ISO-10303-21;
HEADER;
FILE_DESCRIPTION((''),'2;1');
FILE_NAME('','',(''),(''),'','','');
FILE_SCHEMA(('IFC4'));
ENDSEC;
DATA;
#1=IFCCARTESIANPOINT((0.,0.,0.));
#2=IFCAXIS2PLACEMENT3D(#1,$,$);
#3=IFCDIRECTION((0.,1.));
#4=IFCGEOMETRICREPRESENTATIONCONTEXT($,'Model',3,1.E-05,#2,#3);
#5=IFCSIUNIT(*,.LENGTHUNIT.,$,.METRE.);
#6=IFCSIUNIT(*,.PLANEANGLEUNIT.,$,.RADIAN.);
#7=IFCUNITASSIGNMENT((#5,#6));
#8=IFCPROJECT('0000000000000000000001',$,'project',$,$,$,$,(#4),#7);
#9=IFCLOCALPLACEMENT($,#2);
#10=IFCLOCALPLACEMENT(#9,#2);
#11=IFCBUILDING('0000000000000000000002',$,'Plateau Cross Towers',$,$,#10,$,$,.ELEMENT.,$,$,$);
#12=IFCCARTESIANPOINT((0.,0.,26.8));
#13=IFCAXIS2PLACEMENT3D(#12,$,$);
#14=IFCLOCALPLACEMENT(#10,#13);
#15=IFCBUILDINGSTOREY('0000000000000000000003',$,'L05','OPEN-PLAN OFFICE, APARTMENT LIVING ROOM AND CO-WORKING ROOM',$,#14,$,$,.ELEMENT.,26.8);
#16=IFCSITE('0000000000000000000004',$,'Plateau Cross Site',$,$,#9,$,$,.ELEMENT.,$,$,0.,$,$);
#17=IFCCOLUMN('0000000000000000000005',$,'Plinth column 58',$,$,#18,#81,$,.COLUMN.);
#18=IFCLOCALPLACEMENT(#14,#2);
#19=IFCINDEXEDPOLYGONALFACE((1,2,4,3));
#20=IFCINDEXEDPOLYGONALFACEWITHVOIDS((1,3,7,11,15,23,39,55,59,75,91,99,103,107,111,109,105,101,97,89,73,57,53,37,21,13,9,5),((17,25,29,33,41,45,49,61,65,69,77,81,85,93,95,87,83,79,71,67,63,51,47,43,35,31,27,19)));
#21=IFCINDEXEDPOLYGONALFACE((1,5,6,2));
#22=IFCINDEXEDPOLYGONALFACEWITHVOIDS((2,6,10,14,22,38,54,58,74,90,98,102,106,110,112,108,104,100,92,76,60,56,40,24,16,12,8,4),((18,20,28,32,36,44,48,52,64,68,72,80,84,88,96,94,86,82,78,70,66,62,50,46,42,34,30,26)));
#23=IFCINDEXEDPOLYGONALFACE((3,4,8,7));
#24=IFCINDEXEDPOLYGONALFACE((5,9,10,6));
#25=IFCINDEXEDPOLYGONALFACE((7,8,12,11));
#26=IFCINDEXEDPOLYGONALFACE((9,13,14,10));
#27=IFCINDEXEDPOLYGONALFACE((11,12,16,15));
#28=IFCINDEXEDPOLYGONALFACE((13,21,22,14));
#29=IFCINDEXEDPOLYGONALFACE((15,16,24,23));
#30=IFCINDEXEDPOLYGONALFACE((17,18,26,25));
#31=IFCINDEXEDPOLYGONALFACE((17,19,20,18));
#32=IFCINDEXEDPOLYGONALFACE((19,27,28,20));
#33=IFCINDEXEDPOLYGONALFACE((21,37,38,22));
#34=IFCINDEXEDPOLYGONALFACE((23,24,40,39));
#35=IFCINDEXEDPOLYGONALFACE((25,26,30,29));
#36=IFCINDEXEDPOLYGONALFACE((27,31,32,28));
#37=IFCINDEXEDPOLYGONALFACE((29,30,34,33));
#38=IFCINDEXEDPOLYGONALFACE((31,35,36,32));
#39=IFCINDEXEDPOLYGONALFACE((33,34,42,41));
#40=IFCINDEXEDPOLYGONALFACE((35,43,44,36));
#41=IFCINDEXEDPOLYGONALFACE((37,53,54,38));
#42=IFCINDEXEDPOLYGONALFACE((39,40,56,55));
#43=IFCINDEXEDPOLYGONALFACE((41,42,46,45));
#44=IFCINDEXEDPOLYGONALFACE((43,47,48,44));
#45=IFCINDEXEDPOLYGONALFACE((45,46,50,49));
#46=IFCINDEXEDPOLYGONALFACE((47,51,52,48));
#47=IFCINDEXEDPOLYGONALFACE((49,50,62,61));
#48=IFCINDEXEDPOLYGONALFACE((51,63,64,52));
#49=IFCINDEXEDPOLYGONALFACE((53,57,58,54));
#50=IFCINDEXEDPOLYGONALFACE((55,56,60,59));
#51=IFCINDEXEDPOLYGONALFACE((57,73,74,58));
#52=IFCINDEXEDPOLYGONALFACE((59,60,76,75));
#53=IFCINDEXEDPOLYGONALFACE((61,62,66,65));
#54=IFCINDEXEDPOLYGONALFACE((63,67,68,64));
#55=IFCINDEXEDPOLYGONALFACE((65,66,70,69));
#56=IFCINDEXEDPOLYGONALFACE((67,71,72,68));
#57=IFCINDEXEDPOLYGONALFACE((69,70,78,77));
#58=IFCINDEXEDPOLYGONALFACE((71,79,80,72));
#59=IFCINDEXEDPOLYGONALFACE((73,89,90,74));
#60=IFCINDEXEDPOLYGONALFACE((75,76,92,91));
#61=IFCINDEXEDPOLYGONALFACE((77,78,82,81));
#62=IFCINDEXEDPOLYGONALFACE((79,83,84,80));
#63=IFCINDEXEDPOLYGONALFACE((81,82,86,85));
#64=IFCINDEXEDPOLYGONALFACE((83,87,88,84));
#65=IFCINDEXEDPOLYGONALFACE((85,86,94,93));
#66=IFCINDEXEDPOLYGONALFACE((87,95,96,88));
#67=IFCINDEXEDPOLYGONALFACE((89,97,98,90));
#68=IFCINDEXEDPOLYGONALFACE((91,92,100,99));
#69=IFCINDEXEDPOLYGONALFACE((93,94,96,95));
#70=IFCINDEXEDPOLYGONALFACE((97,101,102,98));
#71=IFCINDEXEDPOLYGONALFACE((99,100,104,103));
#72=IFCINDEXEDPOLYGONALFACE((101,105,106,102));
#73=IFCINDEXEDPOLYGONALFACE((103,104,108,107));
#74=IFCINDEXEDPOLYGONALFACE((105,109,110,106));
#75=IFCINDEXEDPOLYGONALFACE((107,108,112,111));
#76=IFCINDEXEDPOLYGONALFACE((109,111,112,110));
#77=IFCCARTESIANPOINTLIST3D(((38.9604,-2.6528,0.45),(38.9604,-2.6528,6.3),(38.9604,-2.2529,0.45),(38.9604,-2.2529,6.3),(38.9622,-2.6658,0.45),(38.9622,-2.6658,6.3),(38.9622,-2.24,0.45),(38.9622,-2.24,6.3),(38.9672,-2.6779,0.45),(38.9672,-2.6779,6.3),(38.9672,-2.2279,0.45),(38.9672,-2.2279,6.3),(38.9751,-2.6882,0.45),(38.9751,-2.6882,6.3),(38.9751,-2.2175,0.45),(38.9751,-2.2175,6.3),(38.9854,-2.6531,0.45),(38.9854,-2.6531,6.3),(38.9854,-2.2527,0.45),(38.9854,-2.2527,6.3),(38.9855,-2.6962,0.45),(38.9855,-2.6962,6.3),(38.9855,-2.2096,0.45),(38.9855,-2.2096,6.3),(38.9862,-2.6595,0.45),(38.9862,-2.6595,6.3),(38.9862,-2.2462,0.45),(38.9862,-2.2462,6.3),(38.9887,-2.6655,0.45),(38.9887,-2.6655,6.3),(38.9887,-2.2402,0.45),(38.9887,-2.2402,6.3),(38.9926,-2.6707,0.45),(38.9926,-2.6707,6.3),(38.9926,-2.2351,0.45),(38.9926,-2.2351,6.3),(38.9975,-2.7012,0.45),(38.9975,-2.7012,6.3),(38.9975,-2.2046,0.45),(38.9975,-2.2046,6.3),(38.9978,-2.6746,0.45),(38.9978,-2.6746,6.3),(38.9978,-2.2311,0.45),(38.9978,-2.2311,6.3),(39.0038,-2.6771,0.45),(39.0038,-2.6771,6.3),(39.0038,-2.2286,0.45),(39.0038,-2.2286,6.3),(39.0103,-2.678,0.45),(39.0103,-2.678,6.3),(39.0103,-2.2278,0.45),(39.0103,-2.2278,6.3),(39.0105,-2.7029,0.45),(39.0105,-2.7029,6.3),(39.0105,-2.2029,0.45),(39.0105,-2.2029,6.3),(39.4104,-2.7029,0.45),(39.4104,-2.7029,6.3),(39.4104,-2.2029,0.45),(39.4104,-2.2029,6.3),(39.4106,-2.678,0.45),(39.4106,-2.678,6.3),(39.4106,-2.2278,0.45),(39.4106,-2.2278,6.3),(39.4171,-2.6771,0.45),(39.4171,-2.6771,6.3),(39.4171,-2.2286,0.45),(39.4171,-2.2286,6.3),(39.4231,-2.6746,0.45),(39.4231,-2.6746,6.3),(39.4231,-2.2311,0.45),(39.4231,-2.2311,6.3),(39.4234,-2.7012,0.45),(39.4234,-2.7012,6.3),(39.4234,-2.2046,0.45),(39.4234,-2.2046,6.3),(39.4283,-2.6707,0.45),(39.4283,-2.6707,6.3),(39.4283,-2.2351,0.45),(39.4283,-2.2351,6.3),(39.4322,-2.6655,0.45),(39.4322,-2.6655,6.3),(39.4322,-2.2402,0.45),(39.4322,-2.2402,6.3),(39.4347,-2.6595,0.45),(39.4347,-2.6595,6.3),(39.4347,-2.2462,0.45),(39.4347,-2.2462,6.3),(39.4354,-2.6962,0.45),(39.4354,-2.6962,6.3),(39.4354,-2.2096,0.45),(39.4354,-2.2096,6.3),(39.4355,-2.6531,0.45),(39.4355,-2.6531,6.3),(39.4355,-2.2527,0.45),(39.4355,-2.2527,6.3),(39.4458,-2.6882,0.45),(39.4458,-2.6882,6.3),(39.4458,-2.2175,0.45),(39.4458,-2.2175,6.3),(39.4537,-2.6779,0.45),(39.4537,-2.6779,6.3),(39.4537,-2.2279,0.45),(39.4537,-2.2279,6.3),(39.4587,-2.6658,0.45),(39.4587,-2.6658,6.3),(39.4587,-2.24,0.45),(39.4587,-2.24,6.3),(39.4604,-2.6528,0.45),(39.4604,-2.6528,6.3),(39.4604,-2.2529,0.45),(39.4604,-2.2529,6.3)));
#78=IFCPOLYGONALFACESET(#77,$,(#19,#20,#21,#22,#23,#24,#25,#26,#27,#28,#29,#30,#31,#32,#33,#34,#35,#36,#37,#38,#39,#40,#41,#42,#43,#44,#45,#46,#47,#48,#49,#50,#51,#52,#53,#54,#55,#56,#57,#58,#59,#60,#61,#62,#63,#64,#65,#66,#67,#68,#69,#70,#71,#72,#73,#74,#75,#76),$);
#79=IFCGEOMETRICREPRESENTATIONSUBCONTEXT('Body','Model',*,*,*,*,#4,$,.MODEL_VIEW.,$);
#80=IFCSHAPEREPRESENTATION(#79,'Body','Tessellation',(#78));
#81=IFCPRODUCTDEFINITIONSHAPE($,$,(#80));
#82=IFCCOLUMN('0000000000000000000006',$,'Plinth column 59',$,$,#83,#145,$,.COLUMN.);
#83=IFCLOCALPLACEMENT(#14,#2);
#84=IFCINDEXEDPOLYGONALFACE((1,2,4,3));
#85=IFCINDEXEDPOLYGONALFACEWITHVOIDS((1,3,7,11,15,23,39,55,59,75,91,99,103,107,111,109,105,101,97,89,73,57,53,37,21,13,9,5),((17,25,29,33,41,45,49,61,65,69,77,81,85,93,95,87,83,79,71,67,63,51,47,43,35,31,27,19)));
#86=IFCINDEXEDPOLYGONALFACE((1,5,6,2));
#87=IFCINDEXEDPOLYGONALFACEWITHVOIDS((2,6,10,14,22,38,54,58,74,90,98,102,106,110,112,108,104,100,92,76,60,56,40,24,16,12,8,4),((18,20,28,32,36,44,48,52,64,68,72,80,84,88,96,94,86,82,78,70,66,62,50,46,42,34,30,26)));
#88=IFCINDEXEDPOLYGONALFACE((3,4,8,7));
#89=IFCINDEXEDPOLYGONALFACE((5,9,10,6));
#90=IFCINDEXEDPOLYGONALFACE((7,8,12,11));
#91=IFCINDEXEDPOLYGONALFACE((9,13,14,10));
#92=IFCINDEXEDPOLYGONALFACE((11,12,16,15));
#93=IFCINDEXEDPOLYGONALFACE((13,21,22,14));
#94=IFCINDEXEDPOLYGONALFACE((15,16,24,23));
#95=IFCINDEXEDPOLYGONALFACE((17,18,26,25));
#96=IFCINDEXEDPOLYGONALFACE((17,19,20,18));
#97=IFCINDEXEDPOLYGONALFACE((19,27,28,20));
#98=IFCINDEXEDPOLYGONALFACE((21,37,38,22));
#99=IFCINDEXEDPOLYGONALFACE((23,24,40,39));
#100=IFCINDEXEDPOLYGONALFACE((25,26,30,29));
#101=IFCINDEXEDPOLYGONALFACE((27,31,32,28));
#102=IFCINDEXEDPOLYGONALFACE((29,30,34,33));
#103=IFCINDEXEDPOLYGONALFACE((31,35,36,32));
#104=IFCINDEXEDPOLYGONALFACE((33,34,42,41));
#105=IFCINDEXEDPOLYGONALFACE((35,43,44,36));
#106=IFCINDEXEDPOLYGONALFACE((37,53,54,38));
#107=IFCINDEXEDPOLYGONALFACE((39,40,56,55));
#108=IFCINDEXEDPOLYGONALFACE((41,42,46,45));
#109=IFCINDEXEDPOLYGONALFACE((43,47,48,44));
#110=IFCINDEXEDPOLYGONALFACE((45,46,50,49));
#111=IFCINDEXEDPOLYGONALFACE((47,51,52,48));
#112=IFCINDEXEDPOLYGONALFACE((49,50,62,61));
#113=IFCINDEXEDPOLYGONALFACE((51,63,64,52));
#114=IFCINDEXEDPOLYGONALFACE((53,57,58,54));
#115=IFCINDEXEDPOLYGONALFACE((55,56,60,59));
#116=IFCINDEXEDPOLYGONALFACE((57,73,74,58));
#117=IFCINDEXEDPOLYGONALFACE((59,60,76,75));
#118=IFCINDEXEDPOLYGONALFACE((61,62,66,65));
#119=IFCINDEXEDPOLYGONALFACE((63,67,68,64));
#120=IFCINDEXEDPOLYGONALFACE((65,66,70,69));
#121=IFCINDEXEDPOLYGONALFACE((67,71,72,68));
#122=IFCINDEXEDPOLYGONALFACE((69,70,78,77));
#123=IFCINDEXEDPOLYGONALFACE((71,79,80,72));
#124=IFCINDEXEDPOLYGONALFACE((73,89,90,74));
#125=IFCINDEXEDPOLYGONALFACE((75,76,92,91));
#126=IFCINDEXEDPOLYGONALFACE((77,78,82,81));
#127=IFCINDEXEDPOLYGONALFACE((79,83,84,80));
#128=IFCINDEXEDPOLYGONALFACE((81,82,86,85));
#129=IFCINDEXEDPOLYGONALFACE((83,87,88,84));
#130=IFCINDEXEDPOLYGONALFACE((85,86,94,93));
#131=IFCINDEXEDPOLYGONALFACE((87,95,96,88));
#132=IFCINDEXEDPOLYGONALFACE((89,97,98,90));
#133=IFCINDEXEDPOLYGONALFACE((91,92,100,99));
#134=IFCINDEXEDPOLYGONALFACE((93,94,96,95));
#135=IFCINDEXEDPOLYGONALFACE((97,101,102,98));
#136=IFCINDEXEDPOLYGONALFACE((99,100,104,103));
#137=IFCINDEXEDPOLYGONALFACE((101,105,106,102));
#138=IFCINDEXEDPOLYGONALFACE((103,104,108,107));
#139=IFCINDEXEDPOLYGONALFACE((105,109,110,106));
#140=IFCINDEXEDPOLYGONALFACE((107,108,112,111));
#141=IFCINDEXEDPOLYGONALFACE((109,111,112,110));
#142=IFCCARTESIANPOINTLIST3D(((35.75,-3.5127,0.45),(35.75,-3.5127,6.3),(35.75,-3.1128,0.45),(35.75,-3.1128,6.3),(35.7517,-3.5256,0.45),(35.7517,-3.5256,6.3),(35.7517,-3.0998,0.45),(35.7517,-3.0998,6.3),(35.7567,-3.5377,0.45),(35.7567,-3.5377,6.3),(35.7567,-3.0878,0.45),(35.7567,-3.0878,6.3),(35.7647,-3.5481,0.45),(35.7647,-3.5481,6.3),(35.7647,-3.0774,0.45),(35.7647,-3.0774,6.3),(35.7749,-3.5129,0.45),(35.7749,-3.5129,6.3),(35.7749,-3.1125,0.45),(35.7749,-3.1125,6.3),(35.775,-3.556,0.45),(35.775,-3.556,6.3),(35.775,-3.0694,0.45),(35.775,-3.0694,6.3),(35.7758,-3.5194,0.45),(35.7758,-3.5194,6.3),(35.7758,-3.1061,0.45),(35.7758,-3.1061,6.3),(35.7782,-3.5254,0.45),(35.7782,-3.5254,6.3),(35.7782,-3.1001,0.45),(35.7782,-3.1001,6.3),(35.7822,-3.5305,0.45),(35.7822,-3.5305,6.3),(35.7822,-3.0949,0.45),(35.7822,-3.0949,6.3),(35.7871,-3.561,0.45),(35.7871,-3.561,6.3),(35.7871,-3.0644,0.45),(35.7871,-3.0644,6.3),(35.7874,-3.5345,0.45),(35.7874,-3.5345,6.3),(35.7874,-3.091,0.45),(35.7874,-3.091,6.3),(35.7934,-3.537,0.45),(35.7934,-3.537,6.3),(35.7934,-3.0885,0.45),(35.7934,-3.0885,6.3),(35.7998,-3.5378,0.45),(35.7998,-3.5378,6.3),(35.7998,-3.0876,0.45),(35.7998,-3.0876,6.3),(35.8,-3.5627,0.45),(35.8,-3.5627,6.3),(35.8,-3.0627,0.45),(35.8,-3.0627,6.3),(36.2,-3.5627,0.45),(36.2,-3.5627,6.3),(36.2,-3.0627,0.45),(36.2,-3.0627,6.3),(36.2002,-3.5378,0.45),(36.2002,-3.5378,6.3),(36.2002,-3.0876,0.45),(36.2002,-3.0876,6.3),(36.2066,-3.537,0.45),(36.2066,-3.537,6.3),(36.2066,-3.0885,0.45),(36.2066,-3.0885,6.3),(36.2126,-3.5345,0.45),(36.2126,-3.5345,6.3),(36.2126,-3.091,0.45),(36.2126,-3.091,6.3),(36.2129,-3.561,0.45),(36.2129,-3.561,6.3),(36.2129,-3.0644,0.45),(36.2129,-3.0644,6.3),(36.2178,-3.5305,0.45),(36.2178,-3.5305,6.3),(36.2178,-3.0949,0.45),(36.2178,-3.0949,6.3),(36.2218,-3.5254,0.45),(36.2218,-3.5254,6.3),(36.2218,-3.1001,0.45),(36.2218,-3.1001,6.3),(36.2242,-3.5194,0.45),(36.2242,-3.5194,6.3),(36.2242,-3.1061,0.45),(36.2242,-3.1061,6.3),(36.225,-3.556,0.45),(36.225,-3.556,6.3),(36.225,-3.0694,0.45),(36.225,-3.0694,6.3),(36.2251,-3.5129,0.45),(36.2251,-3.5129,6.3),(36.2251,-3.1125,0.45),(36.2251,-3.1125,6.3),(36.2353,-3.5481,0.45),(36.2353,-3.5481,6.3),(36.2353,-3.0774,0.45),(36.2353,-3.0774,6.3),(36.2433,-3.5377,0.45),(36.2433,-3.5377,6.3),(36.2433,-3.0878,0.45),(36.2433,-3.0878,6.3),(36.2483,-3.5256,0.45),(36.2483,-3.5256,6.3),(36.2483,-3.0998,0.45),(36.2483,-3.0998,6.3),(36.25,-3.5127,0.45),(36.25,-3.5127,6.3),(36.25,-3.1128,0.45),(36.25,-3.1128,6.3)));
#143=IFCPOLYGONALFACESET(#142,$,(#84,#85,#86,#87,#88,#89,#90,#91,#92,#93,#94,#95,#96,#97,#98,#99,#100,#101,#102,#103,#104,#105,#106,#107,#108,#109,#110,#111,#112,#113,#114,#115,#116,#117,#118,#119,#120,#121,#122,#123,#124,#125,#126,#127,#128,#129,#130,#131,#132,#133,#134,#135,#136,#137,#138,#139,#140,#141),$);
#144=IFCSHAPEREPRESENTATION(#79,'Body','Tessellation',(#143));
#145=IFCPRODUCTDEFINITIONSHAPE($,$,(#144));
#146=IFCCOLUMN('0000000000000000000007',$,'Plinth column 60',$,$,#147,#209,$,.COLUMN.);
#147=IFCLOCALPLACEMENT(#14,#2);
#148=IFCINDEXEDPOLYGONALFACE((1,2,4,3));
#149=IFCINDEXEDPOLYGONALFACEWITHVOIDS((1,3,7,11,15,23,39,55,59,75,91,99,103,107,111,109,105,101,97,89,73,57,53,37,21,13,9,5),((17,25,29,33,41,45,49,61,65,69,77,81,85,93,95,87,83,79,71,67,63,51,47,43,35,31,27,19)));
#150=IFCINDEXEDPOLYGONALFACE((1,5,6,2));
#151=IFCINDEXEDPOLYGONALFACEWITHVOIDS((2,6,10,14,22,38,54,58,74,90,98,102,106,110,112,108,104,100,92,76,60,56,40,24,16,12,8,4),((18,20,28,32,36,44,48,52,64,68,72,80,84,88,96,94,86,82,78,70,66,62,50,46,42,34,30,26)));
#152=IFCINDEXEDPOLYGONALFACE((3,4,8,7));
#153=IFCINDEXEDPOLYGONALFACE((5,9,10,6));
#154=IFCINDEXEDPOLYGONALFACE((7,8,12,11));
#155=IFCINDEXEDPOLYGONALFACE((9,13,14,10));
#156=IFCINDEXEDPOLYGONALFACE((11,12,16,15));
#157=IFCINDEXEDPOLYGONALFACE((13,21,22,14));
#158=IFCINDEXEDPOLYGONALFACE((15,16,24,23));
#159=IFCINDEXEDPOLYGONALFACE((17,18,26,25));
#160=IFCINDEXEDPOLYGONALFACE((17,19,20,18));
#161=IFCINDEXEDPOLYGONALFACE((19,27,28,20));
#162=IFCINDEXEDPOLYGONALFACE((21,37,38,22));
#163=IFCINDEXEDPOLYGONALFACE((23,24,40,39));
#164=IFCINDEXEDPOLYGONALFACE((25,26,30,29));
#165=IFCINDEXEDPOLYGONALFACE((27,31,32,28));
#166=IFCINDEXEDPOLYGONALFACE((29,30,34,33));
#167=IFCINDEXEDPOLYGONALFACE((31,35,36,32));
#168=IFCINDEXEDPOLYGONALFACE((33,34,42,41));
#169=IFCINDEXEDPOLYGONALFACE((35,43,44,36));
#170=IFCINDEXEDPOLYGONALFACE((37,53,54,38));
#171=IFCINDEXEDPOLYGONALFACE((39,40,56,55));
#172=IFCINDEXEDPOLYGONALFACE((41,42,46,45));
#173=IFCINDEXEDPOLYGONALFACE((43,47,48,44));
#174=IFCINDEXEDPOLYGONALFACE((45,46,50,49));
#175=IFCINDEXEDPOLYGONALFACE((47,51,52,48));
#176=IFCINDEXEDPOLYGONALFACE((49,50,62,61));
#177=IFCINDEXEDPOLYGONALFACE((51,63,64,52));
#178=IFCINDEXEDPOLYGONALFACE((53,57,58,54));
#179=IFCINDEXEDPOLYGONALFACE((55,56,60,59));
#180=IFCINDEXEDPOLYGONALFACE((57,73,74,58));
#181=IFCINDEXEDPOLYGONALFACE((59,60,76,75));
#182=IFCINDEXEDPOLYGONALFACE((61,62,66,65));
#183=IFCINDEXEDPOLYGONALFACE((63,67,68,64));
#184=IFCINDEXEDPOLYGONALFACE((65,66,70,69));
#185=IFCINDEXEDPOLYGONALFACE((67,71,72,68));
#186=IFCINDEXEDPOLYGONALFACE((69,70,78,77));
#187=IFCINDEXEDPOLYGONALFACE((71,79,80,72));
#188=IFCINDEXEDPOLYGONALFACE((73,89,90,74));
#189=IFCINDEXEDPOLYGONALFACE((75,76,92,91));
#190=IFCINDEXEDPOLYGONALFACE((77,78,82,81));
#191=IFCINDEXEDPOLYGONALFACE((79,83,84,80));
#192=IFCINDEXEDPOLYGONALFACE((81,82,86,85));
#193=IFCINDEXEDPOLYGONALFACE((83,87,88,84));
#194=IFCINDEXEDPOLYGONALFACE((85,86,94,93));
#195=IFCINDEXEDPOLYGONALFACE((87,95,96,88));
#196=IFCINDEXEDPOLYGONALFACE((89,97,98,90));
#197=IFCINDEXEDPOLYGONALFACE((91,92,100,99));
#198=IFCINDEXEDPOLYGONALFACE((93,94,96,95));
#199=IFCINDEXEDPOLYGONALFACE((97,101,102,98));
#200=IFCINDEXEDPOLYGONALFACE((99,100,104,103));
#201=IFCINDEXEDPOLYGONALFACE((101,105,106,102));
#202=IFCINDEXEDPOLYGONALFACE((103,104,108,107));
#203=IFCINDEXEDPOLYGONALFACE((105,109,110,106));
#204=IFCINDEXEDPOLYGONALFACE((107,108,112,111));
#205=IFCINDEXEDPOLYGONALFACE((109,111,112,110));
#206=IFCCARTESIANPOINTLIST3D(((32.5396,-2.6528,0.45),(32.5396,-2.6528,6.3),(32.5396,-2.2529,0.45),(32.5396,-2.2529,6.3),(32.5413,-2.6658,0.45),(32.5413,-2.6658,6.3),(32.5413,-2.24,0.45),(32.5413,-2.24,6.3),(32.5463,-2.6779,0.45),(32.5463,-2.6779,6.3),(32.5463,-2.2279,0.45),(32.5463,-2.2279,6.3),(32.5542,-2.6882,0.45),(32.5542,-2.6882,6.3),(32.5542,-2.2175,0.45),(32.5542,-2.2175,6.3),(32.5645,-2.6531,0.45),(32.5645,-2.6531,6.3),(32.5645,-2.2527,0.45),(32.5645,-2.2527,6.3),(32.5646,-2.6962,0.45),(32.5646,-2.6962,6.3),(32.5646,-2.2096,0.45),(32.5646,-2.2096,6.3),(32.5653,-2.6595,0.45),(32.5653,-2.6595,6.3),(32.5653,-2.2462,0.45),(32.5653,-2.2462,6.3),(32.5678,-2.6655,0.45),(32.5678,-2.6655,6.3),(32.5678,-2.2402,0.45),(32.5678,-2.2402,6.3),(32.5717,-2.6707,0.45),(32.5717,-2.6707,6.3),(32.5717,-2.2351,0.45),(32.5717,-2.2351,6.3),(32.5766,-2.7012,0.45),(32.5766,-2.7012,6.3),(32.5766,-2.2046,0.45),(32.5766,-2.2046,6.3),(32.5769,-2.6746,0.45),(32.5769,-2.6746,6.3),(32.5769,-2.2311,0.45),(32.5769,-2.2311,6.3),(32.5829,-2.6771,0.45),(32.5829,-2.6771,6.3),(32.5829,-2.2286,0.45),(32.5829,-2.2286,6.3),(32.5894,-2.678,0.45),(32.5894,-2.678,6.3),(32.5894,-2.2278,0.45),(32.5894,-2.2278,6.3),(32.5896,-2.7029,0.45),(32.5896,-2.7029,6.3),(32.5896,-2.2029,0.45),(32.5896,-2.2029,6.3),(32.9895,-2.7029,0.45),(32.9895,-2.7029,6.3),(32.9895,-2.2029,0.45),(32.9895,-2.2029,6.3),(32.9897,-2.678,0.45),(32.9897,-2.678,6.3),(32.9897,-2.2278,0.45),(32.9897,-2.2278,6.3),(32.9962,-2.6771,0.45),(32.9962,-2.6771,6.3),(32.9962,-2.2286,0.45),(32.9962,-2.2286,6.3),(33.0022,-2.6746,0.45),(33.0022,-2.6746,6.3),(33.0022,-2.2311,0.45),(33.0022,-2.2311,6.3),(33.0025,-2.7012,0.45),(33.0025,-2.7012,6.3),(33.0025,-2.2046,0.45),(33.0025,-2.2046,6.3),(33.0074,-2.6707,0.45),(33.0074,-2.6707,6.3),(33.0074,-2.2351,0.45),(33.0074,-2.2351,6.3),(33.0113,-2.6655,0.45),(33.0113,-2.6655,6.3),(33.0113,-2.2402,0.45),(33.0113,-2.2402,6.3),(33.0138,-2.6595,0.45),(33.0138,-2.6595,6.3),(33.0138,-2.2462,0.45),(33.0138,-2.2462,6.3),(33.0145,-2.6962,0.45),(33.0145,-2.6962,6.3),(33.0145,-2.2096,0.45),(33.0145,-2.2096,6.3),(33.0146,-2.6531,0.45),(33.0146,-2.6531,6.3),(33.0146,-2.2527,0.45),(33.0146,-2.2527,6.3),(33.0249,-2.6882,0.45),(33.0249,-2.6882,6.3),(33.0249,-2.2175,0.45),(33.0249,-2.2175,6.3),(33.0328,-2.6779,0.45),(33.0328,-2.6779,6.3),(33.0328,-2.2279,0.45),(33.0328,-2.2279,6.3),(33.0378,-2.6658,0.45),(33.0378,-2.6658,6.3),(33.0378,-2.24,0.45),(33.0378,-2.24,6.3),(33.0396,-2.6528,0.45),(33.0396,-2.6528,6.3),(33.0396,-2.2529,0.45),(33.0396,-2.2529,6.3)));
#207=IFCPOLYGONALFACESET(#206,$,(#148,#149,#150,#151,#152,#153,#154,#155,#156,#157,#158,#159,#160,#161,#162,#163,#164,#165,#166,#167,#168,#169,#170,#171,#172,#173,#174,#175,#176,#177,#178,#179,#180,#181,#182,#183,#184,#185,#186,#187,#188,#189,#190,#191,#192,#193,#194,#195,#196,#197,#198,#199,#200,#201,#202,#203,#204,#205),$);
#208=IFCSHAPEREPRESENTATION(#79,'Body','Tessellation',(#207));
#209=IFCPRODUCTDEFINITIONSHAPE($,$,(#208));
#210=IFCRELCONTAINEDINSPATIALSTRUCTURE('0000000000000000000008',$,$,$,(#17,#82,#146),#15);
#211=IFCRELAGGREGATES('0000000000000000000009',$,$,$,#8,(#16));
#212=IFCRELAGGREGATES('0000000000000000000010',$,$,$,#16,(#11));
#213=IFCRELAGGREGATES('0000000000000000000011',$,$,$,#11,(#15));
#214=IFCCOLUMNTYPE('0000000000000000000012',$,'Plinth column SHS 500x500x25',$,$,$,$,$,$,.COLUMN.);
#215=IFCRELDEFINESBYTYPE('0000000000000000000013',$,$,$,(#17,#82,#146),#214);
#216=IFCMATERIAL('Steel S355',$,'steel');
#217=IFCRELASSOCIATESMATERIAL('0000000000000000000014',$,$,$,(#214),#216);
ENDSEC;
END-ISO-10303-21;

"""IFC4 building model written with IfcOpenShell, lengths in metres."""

from ifc_helpers import new_model, si_unit, direction, frame, origin, origin_2d, place, context, subcontext, project, spatial, hollow_rectangle, extrude, material, material_profile, profile_set, type_object, element, save


model = new_model("IFC4")

# Units and contexts
model_context = context("Model", 3, precision=1e-05, world=origin(), true_north=direction((0.0, 1.0)))
body_context = subcontext(model_context, "Body", "Model", "MODEL_VIEW")
ifc_project = project(units=[si_unit("LENGTHUNIT", "METRE"), si_unit("PLANEANGLEUNIT", "RADIAN")], contexts=[model_context])

# Site, building, storey
site_placement = place(None, origin())
site = spatial("IfcSite", under=ifc_project, at=site_placement, Name="Plateau Cross Site", CompositionType="ELEMENT", RefElevation=0.0)
building_placement = place(site_placement, origin())
building = spatial("IfcBuilding", under=site, at=building_placement, Name="Plateau Cross Towers", CompositionType="ELEMENT")
storey_placement = place(building_placement, frame((0.0, 0.0, 26.8)))
storey = spatial("IfcBuildingStorey", under=building, at=storey_placement, Name="L05", Description="OPEN-PLAN OFFICE, APARTMENT LIVING ROOM AND CO-WORKING ROOM", CompositionType="ELEMENT", Elevation=26.8)

# Columns
ifc_material_1 = material(Name="Steel S355", Category="steel")
ifc_material_profile_1 = material_profile(ifc_material_1, hollow_rectangle(XDim=0.5, YDim=0.5, WallThickness=0.0249, InnerFilletRadius=0.0249, OuterFilletRadius=0.05, at=origin_2d()), Name="SHS 500x500x25")
ifc_profile_set_1 = profile_set([ifc_material_profile_1], Name="Steel S355")
column_type_1 = type_object("IfcColumnType", Name="Plinth column SHS 500x500x25", PredefinedType="COLUMN", material=ifc_profile_set_1)
for number, where, z_axis, x_axis, name in (
    (1, (39.2104, -2.4529, 0.45), (0.0, 0.0, 1.0), (1.0, 0.0, 0.0), "Plinth column 58"),
    (2, (36.0, -3.3127, 0.45), (0.0, 0.0, 1.0), (1.0, 0.0, 0.0), "Plinth column 59"),
    (3, (32.7896, -2.4529, 0.45), (0.0, 0.0, 1.0), (1.0, 0.0, 0.0), "Plinth column 60"),
):
    element("IfcColumn", number, at=place(storey_placement, frame(where, z_axis=z_axis, x_axis=x_axis)), inside=storey, type_object=column_type_1, Name=name, PredefinedType="COLUMN", context=body_context, shape_type="SweptSolid", body=[
        extrude(hollow_rectangle(XDim=0.5, YDim=0.5, WallThickness=0.0249, InnerFilletRadius=0.0249, OuterFilletRadius=0.05, at=origin_2d()), origin(), (0.0, 0.0, 1.0), 5.8501),
    ])

save(model, "model.ifc")
